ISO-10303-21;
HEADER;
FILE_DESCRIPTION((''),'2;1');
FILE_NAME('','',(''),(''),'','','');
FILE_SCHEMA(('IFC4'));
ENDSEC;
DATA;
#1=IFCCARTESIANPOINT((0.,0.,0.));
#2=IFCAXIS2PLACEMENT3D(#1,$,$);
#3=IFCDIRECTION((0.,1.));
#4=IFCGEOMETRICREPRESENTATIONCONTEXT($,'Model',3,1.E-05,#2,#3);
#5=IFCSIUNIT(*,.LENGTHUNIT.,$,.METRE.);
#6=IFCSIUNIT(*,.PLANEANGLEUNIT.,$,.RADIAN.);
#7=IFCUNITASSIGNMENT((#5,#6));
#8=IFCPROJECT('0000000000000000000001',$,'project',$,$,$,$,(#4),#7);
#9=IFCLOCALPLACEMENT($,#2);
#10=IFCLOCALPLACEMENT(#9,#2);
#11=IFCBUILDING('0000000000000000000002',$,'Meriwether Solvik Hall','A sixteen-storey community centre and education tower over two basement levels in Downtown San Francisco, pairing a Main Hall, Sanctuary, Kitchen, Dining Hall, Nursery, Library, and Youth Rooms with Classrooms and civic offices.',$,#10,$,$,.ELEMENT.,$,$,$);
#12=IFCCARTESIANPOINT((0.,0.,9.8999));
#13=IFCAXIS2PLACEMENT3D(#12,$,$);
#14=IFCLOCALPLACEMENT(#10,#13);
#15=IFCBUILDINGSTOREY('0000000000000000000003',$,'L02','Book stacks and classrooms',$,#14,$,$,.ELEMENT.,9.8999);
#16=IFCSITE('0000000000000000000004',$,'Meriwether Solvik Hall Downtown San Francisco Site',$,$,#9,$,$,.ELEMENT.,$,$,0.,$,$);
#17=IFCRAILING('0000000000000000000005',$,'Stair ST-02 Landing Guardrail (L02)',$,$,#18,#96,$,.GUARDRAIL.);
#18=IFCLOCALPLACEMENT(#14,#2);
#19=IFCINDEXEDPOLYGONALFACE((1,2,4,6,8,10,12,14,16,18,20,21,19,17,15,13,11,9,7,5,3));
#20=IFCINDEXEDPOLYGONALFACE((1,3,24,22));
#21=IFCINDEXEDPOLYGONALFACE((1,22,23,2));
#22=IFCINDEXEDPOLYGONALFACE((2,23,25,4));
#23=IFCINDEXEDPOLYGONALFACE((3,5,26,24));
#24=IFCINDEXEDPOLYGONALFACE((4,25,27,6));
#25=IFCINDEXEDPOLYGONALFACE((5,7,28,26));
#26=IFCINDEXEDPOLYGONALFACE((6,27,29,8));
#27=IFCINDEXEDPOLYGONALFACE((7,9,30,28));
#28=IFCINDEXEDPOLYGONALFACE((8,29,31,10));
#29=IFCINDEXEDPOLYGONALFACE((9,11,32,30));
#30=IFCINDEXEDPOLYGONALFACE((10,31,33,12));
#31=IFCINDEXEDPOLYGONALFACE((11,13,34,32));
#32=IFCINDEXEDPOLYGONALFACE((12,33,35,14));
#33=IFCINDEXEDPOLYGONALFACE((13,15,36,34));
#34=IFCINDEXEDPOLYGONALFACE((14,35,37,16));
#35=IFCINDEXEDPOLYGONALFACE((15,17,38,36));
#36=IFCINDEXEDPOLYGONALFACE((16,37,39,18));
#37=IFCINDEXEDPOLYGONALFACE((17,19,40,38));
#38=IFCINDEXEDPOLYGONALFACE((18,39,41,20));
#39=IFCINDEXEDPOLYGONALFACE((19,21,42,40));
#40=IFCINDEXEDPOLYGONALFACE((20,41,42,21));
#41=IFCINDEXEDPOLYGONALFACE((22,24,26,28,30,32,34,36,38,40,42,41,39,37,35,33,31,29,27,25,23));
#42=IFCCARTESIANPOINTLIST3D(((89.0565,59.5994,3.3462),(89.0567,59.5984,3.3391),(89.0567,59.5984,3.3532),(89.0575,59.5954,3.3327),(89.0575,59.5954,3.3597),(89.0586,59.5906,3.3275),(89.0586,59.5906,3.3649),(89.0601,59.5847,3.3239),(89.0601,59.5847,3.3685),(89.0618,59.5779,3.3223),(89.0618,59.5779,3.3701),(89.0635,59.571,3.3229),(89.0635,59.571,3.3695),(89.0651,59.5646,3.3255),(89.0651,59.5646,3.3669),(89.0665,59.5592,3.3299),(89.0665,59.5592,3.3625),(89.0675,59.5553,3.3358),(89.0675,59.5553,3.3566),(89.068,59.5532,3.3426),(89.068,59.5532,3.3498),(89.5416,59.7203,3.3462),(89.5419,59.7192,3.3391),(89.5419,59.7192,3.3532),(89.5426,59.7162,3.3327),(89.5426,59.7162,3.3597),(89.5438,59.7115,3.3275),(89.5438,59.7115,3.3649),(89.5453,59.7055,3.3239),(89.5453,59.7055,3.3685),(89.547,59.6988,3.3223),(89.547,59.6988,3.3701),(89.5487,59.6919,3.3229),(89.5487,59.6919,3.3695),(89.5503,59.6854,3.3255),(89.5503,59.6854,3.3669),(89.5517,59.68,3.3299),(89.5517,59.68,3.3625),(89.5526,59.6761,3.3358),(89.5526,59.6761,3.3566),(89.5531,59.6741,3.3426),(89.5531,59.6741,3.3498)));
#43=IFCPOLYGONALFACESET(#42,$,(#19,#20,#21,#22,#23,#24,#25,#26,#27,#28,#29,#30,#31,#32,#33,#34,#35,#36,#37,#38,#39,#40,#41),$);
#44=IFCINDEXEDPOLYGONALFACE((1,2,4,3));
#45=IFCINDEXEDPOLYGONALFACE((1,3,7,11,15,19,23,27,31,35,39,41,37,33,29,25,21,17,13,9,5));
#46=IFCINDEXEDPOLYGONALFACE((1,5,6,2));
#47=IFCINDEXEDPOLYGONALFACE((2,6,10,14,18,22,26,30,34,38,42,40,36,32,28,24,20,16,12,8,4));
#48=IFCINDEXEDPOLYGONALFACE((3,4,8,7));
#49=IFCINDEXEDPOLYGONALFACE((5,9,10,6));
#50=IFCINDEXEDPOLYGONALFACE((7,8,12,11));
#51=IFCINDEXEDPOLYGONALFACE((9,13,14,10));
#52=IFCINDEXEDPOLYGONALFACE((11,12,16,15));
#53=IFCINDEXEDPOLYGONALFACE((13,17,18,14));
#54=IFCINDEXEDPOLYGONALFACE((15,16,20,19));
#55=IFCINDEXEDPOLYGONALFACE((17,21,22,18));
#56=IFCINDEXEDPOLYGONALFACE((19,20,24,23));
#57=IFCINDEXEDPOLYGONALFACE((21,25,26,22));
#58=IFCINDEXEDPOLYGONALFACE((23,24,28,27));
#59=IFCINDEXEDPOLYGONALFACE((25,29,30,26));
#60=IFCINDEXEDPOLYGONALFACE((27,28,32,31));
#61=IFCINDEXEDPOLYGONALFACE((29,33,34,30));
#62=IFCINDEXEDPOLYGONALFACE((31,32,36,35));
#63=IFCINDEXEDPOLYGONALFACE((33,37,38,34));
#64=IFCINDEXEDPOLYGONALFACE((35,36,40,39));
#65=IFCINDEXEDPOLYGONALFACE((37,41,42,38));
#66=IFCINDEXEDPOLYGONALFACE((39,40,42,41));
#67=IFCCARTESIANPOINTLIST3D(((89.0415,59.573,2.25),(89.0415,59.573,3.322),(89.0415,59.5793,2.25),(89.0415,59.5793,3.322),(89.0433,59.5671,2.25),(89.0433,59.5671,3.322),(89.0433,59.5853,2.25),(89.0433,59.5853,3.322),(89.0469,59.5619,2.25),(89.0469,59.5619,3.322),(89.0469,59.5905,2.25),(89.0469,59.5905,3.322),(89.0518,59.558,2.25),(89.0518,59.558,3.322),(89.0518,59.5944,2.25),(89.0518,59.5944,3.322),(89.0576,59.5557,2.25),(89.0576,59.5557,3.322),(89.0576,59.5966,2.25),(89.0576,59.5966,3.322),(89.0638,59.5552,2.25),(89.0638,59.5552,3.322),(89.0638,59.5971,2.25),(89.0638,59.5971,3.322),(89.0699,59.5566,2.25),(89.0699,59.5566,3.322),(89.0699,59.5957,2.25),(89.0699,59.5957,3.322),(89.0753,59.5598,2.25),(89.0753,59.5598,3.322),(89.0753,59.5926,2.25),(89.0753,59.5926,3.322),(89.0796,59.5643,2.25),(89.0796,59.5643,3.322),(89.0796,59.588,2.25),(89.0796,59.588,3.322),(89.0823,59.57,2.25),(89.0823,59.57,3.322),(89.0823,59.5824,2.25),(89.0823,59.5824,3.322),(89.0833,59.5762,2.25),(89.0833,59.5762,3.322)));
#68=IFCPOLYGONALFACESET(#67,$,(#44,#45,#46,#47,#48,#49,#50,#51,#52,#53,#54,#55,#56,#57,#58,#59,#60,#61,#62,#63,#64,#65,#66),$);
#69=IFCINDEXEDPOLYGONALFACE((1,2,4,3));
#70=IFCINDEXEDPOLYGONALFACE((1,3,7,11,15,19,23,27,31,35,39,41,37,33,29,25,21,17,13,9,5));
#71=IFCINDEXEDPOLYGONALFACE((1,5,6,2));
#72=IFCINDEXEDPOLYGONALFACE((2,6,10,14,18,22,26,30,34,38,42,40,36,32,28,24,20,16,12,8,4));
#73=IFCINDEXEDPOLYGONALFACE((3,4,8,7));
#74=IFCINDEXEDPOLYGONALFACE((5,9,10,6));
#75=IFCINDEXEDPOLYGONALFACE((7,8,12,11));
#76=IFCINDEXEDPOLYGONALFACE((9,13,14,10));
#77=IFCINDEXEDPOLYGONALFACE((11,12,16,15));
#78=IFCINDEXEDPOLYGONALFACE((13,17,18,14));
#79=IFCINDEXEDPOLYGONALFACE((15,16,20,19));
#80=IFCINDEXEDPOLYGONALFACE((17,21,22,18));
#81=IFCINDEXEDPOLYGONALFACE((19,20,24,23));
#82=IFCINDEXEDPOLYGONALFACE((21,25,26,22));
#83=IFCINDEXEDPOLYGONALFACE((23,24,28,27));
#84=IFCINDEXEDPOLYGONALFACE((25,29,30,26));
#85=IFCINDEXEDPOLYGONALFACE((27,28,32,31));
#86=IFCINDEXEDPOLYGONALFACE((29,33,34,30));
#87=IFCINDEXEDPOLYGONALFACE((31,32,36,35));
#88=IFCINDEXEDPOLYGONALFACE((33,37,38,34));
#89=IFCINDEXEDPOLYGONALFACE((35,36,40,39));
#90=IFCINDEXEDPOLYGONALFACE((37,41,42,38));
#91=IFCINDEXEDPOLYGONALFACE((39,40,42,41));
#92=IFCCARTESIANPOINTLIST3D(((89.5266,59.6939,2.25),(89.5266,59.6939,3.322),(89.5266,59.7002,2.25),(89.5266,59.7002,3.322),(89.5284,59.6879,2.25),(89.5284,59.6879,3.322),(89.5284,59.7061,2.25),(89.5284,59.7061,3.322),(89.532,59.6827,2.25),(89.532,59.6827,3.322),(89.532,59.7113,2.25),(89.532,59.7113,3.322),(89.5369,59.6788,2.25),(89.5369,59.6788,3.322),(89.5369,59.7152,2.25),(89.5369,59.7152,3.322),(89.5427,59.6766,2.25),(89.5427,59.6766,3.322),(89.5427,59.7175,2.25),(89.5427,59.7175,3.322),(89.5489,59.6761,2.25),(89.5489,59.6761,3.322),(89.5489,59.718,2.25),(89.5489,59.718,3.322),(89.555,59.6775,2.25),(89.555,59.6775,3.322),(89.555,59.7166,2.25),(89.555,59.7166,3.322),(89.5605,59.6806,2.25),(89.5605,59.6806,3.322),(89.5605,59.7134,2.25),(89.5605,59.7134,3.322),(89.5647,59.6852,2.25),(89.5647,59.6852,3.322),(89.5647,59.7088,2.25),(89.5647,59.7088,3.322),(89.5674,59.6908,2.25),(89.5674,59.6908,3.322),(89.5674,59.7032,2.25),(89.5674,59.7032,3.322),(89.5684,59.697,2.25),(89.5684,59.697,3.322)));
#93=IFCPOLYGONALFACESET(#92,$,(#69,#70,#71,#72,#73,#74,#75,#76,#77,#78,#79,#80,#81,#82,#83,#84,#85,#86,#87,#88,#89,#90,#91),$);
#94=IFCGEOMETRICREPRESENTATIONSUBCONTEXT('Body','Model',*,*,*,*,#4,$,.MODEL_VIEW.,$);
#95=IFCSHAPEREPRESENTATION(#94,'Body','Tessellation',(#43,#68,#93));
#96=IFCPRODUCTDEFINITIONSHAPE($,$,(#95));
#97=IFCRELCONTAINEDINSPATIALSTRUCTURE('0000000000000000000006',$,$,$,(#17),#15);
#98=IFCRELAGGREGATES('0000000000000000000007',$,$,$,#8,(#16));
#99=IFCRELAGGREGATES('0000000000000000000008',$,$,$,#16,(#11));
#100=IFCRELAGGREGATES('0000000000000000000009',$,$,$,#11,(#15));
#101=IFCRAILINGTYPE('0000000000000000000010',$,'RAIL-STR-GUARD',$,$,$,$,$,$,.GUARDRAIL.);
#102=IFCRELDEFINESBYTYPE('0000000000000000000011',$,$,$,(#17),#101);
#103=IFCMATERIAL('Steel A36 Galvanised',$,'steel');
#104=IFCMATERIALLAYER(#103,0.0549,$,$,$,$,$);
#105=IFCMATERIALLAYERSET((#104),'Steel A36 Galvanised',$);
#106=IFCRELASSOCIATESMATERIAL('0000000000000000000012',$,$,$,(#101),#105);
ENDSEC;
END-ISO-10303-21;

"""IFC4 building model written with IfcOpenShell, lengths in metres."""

from ifc_helpers import new_model, si_unit, direction, frame, origin, origin_2d, place, context, subcontext, project, spatial, circle, extrude, material, layer, layer_set, type_object, element, save


model = new_model("IFC4")

# Units and contexts
model_context = context("Model", 3, precision=1e-05, world=origin(), true_north=direction((0.0, 1.0)))
body_context = subcontext(model_context, "Body", "Model", "MODEL_VIEW")
ifc_project = project(units=[si_unit("LENGTHUNIT", "METRE"), si_unit("PLANEANGLEUNIT", "RADIAN")], contexts=[model_context])

# Site, building, storey
site_placement = place(None, origin())
site = spatial("IfcSite", under=ifc_project, at=site_placement, Name="Meriwether Solvik Hall Downtown San Francisco Site", CompositionType="ELEMENT", RefElevation=0.0)
building_placement = place(site_placement, origin())
building = spatial("IfcBuilding", under=site, at=building_placement, Name="Meriwether Solvik Hall", Description="A sixteen-storey community centre and education tower over two basement levels in Downtown San Francisco, pairing a Main Hall, Sanctuary, Kitchen, Dining Hall, Nursery, Library, and Youth Rooms with Classrooms and civic offices.", CompositionType="ELEMENT")
storey_placement = place(building_placement, frame((0.0, 0.0, 9.8999)))
storey = spatial("IfcBuildingStorey", under=building, at=storey_placement, Name="L02", Description="Book stacks and classrooms", CompositionType="ELEMENT", Elevation=9.8999)

# Railing
ifc_material_1 = material(Name="Steel A36 Galvanised", Category="steel")
ifc_layer_1 = layer(ifc_material_1, 0.0549)
ifc_layer_set_1 = layer_set([ifc_layer_1], Name="Steel A36 Galvanised")
railing_type_1 = type_object("IfcRailingType", Name="RAIL-STR-GUARD", PredefinedType="GUARDRAIL", material=ifc_layer_set_1)
railing_1_placement = place(storey_placement, frame((89.0623, 59.5762, 2.25)))
element("IfcRailing", 1, at=railing_1_placement, inside=storey, type_object=railing_type_1, Name="Stair ST-02 Landing Guardrail (L02)", PredefinedType="GUARDRAIL", context=body_context, shape_type="SweptSolid", body=[
    extrude(circle(Radius=0.0239, at=origin_2d()), frame((0.0, 0.0, 1.0962), z_axis=(0.970343, 0.241731, 0.0), x_axis=(-0.241731, 0.970343, 0.0)), (0.0, 0.0, 1.0), 0.5),
    extrude(circle(Radius=0.021, at=origin_2d()), origin(), (0.0, 0.0, 1.0), 1.072),
    extrude(circle(Radius=0.021, at=origin_2d()), frame((0.4851, 0.1208, 0.0)), (0.0, 0.0, 1.0), 1.072),
])

save(model, "model.ifc")
